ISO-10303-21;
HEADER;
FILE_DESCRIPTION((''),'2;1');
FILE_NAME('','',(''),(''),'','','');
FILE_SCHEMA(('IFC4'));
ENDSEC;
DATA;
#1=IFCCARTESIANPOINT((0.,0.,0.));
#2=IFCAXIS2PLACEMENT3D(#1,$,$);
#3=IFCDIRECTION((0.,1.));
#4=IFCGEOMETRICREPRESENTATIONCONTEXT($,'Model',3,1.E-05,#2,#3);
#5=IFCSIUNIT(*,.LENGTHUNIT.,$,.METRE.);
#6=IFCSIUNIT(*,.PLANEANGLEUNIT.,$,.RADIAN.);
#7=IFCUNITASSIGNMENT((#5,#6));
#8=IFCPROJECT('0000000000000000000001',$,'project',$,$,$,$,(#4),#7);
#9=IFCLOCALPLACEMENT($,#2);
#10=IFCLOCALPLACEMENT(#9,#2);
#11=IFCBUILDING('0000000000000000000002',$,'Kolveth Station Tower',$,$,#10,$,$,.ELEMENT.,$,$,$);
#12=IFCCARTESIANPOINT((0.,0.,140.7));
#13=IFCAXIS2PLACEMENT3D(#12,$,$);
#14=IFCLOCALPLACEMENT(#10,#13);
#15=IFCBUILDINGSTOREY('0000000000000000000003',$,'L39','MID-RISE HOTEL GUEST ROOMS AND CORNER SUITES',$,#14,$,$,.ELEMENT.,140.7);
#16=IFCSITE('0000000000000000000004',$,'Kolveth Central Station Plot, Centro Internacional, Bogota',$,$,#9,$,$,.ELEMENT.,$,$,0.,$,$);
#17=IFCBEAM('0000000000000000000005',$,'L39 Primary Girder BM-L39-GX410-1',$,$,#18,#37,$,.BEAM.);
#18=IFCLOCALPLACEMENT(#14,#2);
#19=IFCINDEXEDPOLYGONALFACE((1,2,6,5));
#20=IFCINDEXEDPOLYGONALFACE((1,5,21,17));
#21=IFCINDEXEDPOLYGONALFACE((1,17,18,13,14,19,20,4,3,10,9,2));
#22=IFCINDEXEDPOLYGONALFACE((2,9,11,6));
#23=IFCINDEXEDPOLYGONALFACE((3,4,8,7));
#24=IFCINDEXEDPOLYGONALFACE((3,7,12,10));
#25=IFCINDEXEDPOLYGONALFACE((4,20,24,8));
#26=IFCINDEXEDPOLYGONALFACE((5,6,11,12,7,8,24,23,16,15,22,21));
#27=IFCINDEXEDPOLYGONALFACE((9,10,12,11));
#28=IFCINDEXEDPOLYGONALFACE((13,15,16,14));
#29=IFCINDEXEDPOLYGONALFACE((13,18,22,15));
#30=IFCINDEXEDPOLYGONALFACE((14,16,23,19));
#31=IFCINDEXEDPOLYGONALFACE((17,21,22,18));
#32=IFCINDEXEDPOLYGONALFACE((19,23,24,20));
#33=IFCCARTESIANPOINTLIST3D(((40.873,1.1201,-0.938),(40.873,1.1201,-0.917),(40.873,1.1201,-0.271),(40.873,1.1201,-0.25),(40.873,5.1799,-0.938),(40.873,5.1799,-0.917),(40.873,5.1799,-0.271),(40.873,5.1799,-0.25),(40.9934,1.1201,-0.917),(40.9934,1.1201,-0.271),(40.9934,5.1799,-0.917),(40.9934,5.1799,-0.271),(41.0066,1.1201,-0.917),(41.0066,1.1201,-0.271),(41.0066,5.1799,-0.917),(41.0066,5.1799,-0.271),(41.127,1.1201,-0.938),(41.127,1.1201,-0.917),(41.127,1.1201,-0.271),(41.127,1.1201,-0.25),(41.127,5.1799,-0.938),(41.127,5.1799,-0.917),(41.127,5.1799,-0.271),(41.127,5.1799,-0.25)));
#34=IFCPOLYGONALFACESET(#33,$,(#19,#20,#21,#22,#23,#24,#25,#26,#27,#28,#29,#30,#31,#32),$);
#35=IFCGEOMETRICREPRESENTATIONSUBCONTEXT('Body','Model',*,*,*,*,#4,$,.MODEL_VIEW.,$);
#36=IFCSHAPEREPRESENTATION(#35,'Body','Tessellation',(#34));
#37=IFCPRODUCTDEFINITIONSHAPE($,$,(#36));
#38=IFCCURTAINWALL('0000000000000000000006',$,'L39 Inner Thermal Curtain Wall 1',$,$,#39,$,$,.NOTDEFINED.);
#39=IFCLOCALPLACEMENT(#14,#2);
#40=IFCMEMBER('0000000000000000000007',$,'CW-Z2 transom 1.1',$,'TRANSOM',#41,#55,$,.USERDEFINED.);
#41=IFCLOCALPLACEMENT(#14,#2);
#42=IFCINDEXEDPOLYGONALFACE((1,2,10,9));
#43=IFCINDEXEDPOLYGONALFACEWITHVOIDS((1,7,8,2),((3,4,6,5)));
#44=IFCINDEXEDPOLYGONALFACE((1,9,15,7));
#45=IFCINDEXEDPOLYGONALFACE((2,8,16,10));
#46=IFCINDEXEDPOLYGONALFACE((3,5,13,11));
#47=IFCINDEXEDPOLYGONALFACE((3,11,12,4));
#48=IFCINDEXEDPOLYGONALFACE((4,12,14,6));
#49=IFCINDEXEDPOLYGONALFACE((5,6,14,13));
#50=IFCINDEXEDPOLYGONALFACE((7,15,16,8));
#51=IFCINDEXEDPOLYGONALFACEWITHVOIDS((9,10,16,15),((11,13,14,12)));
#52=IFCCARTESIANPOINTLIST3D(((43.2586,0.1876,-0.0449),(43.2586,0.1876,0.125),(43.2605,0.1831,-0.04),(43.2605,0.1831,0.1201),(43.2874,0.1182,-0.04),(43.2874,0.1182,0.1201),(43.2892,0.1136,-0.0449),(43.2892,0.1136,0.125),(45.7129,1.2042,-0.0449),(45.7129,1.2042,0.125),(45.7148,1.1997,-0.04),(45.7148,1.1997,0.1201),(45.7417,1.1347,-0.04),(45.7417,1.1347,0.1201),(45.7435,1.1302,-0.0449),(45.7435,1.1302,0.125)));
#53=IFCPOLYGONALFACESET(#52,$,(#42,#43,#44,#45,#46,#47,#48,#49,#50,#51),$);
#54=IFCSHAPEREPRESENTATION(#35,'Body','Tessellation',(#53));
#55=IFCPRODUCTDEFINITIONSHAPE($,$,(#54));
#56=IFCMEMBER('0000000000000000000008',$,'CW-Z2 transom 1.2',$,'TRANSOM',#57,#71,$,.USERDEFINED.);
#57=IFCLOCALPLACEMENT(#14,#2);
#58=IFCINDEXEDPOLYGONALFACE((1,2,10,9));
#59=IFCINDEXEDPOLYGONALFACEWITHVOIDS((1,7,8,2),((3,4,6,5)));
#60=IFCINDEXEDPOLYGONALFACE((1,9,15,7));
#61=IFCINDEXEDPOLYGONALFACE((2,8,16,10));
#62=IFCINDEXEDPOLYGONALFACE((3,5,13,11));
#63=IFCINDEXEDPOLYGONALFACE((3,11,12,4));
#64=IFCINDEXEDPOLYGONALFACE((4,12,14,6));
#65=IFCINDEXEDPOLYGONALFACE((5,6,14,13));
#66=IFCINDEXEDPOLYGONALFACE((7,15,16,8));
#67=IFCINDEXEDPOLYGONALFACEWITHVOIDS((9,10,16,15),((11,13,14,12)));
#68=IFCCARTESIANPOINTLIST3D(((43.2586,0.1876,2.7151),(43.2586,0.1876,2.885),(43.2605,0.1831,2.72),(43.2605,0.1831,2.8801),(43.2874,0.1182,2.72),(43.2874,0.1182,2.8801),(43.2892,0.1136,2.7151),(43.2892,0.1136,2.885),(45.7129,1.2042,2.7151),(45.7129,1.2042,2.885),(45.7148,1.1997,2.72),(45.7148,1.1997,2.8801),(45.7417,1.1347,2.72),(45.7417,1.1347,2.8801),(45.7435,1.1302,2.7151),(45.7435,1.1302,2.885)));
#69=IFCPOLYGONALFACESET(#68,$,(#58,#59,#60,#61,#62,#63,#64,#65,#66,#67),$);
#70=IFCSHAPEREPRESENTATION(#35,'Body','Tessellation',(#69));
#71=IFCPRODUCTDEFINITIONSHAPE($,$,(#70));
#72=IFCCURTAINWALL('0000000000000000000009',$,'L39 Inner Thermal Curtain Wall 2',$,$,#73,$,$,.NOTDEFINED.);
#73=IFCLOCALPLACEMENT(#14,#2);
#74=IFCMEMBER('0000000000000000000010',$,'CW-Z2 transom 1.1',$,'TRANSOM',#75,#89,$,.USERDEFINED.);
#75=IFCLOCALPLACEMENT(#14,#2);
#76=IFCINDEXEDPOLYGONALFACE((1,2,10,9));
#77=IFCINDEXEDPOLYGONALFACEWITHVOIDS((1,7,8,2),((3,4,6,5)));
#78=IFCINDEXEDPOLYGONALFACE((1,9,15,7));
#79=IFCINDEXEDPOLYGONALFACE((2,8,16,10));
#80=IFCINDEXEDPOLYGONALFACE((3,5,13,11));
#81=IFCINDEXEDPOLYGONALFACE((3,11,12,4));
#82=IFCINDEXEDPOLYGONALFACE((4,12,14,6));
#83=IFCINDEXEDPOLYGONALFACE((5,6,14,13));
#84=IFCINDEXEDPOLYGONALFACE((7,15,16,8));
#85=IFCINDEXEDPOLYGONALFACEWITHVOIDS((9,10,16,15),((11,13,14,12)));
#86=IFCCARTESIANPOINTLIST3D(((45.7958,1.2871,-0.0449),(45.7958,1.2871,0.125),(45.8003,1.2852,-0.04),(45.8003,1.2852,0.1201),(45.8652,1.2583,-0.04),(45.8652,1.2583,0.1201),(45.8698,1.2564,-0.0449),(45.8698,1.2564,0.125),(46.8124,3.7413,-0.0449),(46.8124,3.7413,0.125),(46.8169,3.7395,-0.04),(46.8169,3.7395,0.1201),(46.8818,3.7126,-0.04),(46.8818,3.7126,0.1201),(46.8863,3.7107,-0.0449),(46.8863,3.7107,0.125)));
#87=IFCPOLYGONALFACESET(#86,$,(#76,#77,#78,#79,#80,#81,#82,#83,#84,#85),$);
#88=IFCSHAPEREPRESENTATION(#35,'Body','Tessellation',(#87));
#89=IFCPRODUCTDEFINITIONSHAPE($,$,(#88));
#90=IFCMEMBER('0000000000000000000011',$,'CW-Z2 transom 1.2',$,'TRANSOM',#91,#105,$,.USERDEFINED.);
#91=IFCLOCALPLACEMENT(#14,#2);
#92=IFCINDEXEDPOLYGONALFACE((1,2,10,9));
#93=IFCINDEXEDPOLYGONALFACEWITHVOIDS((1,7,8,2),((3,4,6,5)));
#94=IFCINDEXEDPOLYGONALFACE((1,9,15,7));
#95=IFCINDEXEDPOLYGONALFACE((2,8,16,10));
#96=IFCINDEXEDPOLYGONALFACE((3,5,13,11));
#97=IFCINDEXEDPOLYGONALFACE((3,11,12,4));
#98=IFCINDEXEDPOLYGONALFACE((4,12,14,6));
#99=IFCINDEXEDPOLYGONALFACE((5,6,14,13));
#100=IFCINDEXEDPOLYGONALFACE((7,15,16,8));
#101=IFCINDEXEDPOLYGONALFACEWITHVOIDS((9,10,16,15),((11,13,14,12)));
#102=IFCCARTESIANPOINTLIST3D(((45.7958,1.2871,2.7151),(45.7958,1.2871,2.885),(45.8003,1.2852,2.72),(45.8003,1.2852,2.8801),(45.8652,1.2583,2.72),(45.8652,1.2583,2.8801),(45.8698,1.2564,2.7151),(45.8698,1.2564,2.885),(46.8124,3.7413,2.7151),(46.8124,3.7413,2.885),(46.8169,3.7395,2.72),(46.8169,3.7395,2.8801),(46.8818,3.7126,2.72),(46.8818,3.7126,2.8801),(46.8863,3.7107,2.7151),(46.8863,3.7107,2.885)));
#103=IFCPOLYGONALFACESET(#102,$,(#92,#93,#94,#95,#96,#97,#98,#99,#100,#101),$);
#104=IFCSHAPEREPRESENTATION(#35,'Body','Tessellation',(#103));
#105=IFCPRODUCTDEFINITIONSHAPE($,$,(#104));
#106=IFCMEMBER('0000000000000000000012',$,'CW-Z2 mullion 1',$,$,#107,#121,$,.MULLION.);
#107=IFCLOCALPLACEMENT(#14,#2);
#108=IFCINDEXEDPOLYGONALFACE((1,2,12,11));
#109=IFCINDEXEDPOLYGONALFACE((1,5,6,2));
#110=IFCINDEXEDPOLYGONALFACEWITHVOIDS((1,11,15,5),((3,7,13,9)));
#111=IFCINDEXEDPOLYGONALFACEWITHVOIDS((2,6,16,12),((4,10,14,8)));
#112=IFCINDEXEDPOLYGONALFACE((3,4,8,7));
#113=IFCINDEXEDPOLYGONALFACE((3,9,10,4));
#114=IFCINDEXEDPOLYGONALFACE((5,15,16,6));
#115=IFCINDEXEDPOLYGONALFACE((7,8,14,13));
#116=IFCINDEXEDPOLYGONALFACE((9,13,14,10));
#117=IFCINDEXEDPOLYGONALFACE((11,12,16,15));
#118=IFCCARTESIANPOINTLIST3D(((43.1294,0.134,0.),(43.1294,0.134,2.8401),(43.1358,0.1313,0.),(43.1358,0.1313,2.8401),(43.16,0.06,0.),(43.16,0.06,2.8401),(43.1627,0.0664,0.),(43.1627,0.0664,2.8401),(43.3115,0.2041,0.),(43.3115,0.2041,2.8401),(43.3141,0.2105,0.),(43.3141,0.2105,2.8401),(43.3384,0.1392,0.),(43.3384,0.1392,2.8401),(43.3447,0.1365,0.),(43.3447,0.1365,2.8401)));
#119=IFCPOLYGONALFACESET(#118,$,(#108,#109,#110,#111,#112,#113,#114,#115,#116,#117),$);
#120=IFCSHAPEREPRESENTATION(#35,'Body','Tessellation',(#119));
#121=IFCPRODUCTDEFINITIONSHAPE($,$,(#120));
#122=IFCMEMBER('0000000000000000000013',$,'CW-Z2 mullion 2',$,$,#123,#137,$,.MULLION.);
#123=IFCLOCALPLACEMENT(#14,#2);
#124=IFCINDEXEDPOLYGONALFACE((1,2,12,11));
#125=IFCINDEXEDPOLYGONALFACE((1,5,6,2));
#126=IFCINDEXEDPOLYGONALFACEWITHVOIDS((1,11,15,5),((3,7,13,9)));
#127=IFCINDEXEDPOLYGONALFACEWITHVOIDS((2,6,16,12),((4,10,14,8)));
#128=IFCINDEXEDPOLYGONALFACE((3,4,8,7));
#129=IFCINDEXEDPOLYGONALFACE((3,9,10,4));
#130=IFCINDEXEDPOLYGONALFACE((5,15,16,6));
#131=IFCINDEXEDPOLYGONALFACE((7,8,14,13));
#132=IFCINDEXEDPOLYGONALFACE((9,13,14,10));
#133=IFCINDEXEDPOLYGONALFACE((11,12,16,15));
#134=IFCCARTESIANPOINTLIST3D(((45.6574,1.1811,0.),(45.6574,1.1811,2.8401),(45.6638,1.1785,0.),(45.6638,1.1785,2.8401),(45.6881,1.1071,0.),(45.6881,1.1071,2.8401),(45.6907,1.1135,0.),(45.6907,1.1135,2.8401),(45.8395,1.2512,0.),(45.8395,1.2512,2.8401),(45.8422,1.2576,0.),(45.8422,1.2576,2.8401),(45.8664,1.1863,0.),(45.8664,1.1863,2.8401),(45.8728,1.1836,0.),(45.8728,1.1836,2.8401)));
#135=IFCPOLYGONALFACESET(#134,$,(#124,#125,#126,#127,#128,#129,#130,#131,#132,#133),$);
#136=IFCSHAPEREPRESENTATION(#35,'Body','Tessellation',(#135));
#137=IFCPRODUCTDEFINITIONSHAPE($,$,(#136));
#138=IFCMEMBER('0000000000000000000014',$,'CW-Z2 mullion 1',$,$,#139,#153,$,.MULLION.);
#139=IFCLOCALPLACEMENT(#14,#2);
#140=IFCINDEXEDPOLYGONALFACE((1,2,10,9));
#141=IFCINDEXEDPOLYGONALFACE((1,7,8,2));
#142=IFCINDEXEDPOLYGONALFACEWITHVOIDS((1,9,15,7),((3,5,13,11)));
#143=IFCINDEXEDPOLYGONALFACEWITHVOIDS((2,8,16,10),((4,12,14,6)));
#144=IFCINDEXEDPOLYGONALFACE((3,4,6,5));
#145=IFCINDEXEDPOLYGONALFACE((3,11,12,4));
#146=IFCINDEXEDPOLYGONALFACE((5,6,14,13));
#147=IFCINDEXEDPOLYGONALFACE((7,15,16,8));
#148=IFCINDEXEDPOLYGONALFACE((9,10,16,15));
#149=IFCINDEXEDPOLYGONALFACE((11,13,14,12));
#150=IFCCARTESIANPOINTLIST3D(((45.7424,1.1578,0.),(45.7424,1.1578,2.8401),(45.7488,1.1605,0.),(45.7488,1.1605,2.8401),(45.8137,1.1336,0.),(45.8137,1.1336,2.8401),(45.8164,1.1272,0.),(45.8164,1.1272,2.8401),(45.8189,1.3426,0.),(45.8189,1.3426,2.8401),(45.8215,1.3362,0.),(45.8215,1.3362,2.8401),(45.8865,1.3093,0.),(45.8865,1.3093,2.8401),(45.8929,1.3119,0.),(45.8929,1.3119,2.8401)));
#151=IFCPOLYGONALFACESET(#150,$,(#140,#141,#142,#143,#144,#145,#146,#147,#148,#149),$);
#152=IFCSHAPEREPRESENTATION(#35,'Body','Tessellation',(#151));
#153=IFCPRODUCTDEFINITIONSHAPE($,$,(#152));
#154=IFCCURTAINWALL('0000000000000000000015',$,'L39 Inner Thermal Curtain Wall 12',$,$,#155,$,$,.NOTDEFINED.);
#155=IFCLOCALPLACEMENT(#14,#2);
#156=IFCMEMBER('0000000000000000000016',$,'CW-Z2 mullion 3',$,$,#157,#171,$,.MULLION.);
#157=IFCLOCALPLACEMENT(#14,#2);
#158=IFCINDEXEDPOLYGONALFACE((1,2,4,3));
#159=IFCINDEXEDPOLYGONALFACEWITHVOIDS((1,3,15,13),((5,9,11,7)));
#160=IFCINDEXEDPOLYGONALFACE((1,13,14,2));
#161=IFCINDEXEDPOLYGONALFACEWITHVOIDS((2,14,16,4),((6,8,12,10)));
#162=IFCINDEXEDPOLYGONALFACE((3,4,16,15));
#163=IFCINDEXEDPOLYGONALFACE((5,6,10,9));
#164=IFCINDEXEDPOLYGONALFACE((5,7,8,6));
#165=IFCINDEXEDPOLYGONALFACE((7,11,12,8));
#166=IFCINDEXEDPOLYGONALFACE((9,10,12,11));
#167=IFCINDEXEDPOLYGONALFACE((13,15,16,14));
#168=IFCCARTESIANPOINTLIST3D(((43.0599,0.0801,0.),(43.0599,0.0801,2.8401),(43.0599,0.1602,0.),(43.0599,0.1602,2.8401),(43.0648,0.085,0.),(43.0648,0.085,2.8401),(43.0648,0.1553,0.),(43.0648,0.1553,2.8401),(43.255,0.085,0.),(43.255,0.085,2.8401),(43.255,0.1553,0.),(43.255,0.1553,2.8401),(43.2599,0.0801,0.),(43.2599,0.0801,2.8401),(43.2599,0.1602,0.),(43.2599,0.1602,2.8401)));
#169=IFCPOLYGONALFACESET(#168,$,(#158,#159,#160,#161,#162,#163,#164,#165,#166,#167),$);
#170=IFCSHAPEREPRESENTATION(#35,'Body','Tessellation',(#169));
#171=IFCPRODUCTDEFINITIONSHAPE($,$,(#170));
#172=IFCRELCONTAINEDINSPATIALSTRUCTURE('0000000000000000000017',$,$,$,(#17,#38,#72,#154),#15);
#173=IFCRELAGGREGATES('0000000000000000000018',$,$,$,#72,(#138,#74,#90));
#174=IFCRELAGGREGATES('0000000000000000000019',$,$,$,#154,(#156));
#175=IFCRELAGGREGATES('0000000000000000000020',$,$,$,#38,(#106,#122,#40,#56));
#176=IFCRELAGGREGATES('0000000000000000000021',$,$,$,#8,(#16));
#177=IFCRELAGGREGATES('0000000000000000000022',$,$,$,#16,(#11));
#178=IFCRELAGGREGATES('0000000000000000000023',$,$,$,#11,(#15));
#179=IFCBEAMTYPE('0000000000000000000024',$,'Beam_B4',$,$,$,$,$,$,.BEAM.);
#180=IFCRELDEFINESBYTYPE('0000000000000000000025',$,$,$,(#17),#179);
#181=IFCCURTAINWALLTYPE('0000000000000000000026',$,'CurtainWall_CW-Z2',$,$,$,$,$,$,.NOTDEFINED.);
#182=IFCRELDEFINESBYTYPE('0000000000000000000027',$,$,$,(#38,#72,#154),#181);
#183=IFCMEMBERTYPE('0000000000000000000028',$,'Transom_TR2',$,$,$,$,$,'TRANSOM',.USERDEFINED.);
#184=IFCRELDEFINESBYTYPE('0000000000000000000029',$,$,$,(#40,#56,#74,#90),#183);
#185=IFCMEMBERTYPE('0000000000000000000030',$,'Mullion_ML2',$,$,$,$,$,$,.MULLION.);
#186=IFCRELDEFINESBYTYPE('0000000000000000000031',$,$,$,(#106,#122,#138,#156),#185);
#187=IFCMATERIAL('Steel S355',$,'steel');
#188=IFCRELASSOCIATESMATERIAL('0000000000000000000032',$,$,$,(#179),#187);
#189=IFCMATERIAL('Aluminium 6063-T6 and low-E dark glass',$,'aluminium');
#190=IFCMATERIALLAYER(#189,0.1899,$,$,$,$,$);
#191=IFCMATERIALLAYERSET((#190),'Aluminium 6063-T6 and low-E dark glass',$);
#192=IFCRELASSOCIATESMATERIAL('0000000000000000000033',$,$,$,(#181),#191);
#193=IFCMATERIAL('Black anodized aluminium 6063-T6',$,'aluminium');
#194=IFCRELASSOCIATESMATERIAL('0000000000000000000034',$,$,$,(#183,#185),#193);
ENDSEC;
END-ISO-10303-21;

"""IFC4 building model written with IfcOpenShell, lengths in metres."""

from ifc_helpers import new_model, si_unit, direction, frame, origin, origin_2d, place, context, subcontext, project, spatial, hollow_rectangle, i_section, extrude, source, transform, mapped, material, layer, layer_set, material_profile, profile_set, type_object, element, aggregate, save


model = new_model("IFC4")

# Units and contexts
model_context = context("Model", 3, precision=1e-05, world=origin(), true_north=direction((0.0, 1.0)))
body_context = subcontext(model_context, "Body", "Model", "MODEL_VIEW")
ifc_project = project(units=[si_unit("LENGTHUNIT", "METRE"), si_unit("PLANEANGLEUNIT", "RADIAN")], contexts=[model_context])

# Site, building, storey
site_placement = place(None, origin())
site = spatial("IfcSite", under=ifc_project, at=site_placement, Name="Kolveth Central Station Plot, Centro Internacional, Bogota", CompositionType="ELEMENT", RefElevation=0.0)
building_placement = place(site_placement, origin())
building = spatial("IfcBuilding", under=site, at=building_placement, Name="Kolveth Station Tower", CompositionType="ELEMENT")
storey_placement = place(building_placement, frame((0.0, 0.0, 140.7)))
storey = spatial("IfcBuildingStorey", under=building, at=storey_placement, Name="L39", Description="MID-RISE HOTEL GUEST ROOMS AND CORNER SUITES", CompositionType="ELEMENT", Elevation=140.7)

# Beam
ifc_material_1 = material(Name="Steel S355", Category="steel")
ifc_material_profile_1 = material_profile(ifc_material_1, i_section(OverallWidth=0.2539, OverallDepth=0.688, WebThickness=0.0132, FlangeThickness=0.021, at=origin_2d()), Name="W690x152")
ifc_profile_set_1 = profile_set([ifc_material_profile_1], Name="Steel S355")
beam_type = type_object("IfcBeamType", Name="Beam_B4", PredefinedType="BEAM", material=ifc_profile_set_1)
shared_shape_1 = source(origin(), body_context, "Body", "SweptSolid", [
    extrude(i_section(OverallWidth=0.2539, OverallDepth=0.688, WebThickness=0.0132, FlangeThickness=0.021, at=origin_2d()), origin(), (0.0, 0.0, 1.0), 4.0598),
])
beam_placement = place(storey_placement, frame((41.0, 1.1201, -0.594), z_axis=(0.0, 1.0, 0.0), x_axis=(-1.0, 0.0, 0.0)))
element("IfcBeam", 1, at=beam_placement, inside=storey, type_object=beam_type, Name="L39 Primary Girder BM-L39-GX410-1", PredefinedType="BEAM", context=body_context, shape_type="MappedRepresentation", body=[
    mapped(shared_shape_1, transform((0.0, 0.0, 0.0), x_axis=(1.0, 0.0, 0.0), y_axis=(0.0, 1.0, 0.0), z_axis=(0.0, 0.0, 1.0), scale=1.0)),
])

# Curtain walls, members
ifc_material_2 = material(Name="Aluminium 6063-T6 and low-E dark glass", Category="aluminium")
ifc_layer_1 = layer(ifc_material_2, 0.1899)
ifc_layer_set_1 = layer_set([ifc_layer_1], Name="Aluminium 6063-T6 and low-E dark glass")
curtain_wall_type_1 = type_object("IfcCurtainWallType", Name="CurtainWall_CW-Z2", PredefinedType="NOTDEFINED", material=ifc_layer_set_1)
curtain_wall_1_placement = place(storey_placement, origin())
curtain_wall_1 = element("IfcCurtainWall", 2, at=curtain_wall_1_placement, inside=storey, type_object=curtain_wall_type_1, Name="L39 Inner Thermal Curtain Wall 1", PredefinedType="NOTDEFINED")
ifc_material_3 = material(Name="Black anodized aluminium 6063-T6", Category="aluminium")
ifc_material_profile_2 = material_profile(ifc_material_3, hollow_rectangle(XDim=0.0801, YDim=0.1699, WallThickness=0.0049, at=origin_2d()), Name="ALU-80x170x5")
ifc_profile_set_2 = profile_set([ifc_material_profile_2], Name="Black anodized aluminium 6063-T6")
member_type_1 = type_object("IfcMemberType", Name="Transom_TR2", ElementType="TRANSOM", PredefinedType="USERDEFINED", material=ifc_profile_set_2)
shared_shape_2 = source(origin(), body_context, "Body", "SweptSolid", [
    extrude(hollow_rectangle(XDim=0.0801, YDim=0.1699, WallThickness=0.0049, at=origin_2d()), origin(), (0.0, 0.0, 1.0), 2.6565),
])
member_1_placement = place(storey_placement, frame((43.2739, 0.1506, 0.04), z_axis=(0.923882, 0.382676, 0.0), x_axis=(-0.382676, 0.923882, 0.0)))
member_1 = element("IfcMember", 3, at=member_1_placement, type_object=member_type_1, Name="CW-Z2 transom 1.1", ObjectType="TRANSOM", PredefinedType="USERDEFINED", context=body_context, shape_type="MappedRepresentation", body=[
    mapped(shared_shape_2, transform((0.0, 0.0, 0.0), x_axis=(1.0, 0.0, 0.0), y_axis=(0.0, 1.0, 0.0), z_axis=(0.0, 0.0, 1.0), scale=1.0)),
])
member_2_placement = place(storey_placement, frame((43.2739, 0.1506, 2.8), z_axis=(0.923882, 0.382676, 0.0), x_axis=(-0.382676, 0.923882, 0.0)))
member_2 = element("IfcMember", 4, at=member_2_placement, type_object=member_type_1, Name="CW-Z2 transom 1.2", ObjectType="TRANSOM", PredefinedType="USERDEFINED", context=body_context, shape_type="MappedRepresentation", body=[
    mapped(shared_shape_2, transform((0.0, 0.0, 0.0), x_axis=(1.0, 0.0, 0.0), y_axis=(0.0, 1.0, 0.0), z_axis=(0.0, 0.0, 1.0), scale=1.0)),
])
curtain_wall_2_placement = place(storey_placement, origin())
curtain_wall_2 = element("IfcCurtainWall", 5, at=curtain_wall_2_placement, inside=storey, type_object=curtain_wall_type_1, Name="L39 Inner Thermal Curtain Wall 2", PredefinedType="NOTDEFINED")
member_3_placement = place(storey_placement, frame((45.8328, 1.2717, 0.04), z_axis=(0.382676, 0.923882, 0.0), x_axis=(-0.923882, 0.382676, 0.0)))
member_3 = element("IfcMember", 6, at=member_3_placement, type_object=member_type_1, Name="CW-Z2 transom 1.1", ObjectType="TRANSOM", PredefinedType="USERDEFINED", context=body_context, shape_type="MappedRepresentation", body=[
    mapped(shared_shape_2, transform((0.0, 0.0, 0.0), x_axis=(1.0, 0.0, 0.0), y_axis=(0.0, 1.0, 0.0), z_axis=(0.0, 0.0, 1.0), scale=1.0)),
])
member_4_placement = place(storey_placement, frame((45.8328, 1.2717, 2.8), z_axis=(0.382676, 0.923882, 0.0), x_axis=(-0.923882, 0.382676, 0.0)))
member_4 = element("IfcMember", 7, at=member_4_placement, type_object=member_type_1, Name="CW-Z2 transom 1.2", ObjectType="TRANSOM", PredefinedType="USERDEFINED", context=body_context, shape_type="MappedRepresentation", body=[
    mapped(shared_shape_2, transform((0.0, 0.0, 0.0), x_axis=(1.0, 0.0, 0.0), y_axis=(0.0, 1.0, 0.0), z_axis=(0.0, 0.0, 1.0), scale=1.0)),
])

# Members
ifc_material_profile_3 = material_profile(ifc_material_3, hollow_rectangle(XDim=0.0801, YDim=0.2, WallThickness=0.0049, at=origin_2d()), Name="ALU-80x200x5")
ifc_profile_set_3 = profile_set([ifc_material_profile_3], Name="Black anodized aluminium 6063-T6")
member_type_2 = type_object("IfcMemberType", Name="Mullion_ML2", PredefinedType="MULLION", material=ifc_profile_set_3)
shared_shape_3 = source(origin(), body_context, "Body", "SweptSolid", [
    extrude(hollow_rectangle(XDim=0.0801, YDim=0.2, WallThickness=0.0049, at=origin_2d()), origin(), (0.0, 0.0, 1.0), 2.8401),
])
member_5_placement = place(storey_placement, frame((43.2371, 0.1353, 0.0), z_axis=(0.0, 0.0, 1.0), x_axis=(-0.382663, 0.923888, 0.0)))
member_5 = element("IfcMember", 8, at=member_5_placement, type_object=member_type_2, Name="CW-Z2 mullion 1", PredefinedType="MULLION", context=body_context, shape_type="MappedRepresentation", body=[
    mapped(shared_shape_3, transform((0.0, 0.0, 0.0), x_axis=(1.0, 0.0, 0.0), y_axis=(0.0, 1.0, 0.0), z_axis=(0.0, 0.0, 1.0), scale=1.0)),
])
member_6_placement = place(storey_placement, frame((45.7651, 1.1824, 0.0), z_axis=(0.0, 0.0, 1.0), x_axis=(-0.382663, 0.923888, 0.0)))
member_6 = element("IfcMember", 9, at=member_6_placement, type_object=member_type_2, Name="CW-Z2 mullion 2", PredefinedType="MULLION", context=body_context, shape_type="MappedRepresentation", body=[
    mapped(shared_shape_3, transform((0.0, 0.0, 0.0), x_axis=(1.0, 0.0, 0.0), y_axis=(0.0, 1.0, 0.0), z_axis=(0.0, 0.0, 1.0), scale=1.0)),
])
member_7_placement = place(storey_placement, frame((45.8176, 1.2349, 0.0), z_axis=(0.0, 0.0, 1.0), x_axis=(-0.923888, 0.382663, 0.0)))
member_7 = element("IfcMember", 10, at=member_7_placement, type_object=member_type_2, Name="CW-Z2 mullion 1", PredefinedType="MULLION", context=body_context, shape_type="MappedRepresentation", body=[
    mapped(shared_shape_3, transform((0.0, 0.0, 0.0), x_axis=(1.0, 0.0, 0.0), y_axis=(0.0, 1.0, 0.0), z_axis=(0.0, 0.0, 1.0), scale=1.0)),
])
aggregate(curtain_wall_2, [member_7, member_3, member_4])

# Curtain wall, member
curtain_wall_3_placement = place(storey_placement, origin())
curtain_wall_3 = element("IfcCurtainWall", 11, at=curtain_wall_3_placement, inside=storey, type_object=curtain_wall_type_1, Name="L39 Inner Thermal Curtain Wall 12", PredefinedType="NOTDEFINED")
member_8_placement = place(storey_placement, frame((43.1599, 0.1201, 0.0), z_axis=(0.0, 0.0, 1.0), x_axis=(0.0, 1.0, 0.0)))
member_8 = element("IfcMember", 12, at=member_8_placement, type_object=member_type_2, Name="CW-Z2 mullion 3", PredefinedType="MULLION", context=body_context, shape_type="MappedRepresentation", body=[
    mapped(shared_shape_3, transform((0.0, 0.0, 0.0), x_axis=(1.0, 0.0, 0.0), y_axis=(0.0, 1.0, 0.0), z_axis=(0.0, 0.0, 1.0), scale=1.0)),
])
aggregate(curtain_wall_3, [member_8])

aggregate(curtain_wall_1, [member_5, member_6, member_1, member_2])

save(model, "model.ifc")
